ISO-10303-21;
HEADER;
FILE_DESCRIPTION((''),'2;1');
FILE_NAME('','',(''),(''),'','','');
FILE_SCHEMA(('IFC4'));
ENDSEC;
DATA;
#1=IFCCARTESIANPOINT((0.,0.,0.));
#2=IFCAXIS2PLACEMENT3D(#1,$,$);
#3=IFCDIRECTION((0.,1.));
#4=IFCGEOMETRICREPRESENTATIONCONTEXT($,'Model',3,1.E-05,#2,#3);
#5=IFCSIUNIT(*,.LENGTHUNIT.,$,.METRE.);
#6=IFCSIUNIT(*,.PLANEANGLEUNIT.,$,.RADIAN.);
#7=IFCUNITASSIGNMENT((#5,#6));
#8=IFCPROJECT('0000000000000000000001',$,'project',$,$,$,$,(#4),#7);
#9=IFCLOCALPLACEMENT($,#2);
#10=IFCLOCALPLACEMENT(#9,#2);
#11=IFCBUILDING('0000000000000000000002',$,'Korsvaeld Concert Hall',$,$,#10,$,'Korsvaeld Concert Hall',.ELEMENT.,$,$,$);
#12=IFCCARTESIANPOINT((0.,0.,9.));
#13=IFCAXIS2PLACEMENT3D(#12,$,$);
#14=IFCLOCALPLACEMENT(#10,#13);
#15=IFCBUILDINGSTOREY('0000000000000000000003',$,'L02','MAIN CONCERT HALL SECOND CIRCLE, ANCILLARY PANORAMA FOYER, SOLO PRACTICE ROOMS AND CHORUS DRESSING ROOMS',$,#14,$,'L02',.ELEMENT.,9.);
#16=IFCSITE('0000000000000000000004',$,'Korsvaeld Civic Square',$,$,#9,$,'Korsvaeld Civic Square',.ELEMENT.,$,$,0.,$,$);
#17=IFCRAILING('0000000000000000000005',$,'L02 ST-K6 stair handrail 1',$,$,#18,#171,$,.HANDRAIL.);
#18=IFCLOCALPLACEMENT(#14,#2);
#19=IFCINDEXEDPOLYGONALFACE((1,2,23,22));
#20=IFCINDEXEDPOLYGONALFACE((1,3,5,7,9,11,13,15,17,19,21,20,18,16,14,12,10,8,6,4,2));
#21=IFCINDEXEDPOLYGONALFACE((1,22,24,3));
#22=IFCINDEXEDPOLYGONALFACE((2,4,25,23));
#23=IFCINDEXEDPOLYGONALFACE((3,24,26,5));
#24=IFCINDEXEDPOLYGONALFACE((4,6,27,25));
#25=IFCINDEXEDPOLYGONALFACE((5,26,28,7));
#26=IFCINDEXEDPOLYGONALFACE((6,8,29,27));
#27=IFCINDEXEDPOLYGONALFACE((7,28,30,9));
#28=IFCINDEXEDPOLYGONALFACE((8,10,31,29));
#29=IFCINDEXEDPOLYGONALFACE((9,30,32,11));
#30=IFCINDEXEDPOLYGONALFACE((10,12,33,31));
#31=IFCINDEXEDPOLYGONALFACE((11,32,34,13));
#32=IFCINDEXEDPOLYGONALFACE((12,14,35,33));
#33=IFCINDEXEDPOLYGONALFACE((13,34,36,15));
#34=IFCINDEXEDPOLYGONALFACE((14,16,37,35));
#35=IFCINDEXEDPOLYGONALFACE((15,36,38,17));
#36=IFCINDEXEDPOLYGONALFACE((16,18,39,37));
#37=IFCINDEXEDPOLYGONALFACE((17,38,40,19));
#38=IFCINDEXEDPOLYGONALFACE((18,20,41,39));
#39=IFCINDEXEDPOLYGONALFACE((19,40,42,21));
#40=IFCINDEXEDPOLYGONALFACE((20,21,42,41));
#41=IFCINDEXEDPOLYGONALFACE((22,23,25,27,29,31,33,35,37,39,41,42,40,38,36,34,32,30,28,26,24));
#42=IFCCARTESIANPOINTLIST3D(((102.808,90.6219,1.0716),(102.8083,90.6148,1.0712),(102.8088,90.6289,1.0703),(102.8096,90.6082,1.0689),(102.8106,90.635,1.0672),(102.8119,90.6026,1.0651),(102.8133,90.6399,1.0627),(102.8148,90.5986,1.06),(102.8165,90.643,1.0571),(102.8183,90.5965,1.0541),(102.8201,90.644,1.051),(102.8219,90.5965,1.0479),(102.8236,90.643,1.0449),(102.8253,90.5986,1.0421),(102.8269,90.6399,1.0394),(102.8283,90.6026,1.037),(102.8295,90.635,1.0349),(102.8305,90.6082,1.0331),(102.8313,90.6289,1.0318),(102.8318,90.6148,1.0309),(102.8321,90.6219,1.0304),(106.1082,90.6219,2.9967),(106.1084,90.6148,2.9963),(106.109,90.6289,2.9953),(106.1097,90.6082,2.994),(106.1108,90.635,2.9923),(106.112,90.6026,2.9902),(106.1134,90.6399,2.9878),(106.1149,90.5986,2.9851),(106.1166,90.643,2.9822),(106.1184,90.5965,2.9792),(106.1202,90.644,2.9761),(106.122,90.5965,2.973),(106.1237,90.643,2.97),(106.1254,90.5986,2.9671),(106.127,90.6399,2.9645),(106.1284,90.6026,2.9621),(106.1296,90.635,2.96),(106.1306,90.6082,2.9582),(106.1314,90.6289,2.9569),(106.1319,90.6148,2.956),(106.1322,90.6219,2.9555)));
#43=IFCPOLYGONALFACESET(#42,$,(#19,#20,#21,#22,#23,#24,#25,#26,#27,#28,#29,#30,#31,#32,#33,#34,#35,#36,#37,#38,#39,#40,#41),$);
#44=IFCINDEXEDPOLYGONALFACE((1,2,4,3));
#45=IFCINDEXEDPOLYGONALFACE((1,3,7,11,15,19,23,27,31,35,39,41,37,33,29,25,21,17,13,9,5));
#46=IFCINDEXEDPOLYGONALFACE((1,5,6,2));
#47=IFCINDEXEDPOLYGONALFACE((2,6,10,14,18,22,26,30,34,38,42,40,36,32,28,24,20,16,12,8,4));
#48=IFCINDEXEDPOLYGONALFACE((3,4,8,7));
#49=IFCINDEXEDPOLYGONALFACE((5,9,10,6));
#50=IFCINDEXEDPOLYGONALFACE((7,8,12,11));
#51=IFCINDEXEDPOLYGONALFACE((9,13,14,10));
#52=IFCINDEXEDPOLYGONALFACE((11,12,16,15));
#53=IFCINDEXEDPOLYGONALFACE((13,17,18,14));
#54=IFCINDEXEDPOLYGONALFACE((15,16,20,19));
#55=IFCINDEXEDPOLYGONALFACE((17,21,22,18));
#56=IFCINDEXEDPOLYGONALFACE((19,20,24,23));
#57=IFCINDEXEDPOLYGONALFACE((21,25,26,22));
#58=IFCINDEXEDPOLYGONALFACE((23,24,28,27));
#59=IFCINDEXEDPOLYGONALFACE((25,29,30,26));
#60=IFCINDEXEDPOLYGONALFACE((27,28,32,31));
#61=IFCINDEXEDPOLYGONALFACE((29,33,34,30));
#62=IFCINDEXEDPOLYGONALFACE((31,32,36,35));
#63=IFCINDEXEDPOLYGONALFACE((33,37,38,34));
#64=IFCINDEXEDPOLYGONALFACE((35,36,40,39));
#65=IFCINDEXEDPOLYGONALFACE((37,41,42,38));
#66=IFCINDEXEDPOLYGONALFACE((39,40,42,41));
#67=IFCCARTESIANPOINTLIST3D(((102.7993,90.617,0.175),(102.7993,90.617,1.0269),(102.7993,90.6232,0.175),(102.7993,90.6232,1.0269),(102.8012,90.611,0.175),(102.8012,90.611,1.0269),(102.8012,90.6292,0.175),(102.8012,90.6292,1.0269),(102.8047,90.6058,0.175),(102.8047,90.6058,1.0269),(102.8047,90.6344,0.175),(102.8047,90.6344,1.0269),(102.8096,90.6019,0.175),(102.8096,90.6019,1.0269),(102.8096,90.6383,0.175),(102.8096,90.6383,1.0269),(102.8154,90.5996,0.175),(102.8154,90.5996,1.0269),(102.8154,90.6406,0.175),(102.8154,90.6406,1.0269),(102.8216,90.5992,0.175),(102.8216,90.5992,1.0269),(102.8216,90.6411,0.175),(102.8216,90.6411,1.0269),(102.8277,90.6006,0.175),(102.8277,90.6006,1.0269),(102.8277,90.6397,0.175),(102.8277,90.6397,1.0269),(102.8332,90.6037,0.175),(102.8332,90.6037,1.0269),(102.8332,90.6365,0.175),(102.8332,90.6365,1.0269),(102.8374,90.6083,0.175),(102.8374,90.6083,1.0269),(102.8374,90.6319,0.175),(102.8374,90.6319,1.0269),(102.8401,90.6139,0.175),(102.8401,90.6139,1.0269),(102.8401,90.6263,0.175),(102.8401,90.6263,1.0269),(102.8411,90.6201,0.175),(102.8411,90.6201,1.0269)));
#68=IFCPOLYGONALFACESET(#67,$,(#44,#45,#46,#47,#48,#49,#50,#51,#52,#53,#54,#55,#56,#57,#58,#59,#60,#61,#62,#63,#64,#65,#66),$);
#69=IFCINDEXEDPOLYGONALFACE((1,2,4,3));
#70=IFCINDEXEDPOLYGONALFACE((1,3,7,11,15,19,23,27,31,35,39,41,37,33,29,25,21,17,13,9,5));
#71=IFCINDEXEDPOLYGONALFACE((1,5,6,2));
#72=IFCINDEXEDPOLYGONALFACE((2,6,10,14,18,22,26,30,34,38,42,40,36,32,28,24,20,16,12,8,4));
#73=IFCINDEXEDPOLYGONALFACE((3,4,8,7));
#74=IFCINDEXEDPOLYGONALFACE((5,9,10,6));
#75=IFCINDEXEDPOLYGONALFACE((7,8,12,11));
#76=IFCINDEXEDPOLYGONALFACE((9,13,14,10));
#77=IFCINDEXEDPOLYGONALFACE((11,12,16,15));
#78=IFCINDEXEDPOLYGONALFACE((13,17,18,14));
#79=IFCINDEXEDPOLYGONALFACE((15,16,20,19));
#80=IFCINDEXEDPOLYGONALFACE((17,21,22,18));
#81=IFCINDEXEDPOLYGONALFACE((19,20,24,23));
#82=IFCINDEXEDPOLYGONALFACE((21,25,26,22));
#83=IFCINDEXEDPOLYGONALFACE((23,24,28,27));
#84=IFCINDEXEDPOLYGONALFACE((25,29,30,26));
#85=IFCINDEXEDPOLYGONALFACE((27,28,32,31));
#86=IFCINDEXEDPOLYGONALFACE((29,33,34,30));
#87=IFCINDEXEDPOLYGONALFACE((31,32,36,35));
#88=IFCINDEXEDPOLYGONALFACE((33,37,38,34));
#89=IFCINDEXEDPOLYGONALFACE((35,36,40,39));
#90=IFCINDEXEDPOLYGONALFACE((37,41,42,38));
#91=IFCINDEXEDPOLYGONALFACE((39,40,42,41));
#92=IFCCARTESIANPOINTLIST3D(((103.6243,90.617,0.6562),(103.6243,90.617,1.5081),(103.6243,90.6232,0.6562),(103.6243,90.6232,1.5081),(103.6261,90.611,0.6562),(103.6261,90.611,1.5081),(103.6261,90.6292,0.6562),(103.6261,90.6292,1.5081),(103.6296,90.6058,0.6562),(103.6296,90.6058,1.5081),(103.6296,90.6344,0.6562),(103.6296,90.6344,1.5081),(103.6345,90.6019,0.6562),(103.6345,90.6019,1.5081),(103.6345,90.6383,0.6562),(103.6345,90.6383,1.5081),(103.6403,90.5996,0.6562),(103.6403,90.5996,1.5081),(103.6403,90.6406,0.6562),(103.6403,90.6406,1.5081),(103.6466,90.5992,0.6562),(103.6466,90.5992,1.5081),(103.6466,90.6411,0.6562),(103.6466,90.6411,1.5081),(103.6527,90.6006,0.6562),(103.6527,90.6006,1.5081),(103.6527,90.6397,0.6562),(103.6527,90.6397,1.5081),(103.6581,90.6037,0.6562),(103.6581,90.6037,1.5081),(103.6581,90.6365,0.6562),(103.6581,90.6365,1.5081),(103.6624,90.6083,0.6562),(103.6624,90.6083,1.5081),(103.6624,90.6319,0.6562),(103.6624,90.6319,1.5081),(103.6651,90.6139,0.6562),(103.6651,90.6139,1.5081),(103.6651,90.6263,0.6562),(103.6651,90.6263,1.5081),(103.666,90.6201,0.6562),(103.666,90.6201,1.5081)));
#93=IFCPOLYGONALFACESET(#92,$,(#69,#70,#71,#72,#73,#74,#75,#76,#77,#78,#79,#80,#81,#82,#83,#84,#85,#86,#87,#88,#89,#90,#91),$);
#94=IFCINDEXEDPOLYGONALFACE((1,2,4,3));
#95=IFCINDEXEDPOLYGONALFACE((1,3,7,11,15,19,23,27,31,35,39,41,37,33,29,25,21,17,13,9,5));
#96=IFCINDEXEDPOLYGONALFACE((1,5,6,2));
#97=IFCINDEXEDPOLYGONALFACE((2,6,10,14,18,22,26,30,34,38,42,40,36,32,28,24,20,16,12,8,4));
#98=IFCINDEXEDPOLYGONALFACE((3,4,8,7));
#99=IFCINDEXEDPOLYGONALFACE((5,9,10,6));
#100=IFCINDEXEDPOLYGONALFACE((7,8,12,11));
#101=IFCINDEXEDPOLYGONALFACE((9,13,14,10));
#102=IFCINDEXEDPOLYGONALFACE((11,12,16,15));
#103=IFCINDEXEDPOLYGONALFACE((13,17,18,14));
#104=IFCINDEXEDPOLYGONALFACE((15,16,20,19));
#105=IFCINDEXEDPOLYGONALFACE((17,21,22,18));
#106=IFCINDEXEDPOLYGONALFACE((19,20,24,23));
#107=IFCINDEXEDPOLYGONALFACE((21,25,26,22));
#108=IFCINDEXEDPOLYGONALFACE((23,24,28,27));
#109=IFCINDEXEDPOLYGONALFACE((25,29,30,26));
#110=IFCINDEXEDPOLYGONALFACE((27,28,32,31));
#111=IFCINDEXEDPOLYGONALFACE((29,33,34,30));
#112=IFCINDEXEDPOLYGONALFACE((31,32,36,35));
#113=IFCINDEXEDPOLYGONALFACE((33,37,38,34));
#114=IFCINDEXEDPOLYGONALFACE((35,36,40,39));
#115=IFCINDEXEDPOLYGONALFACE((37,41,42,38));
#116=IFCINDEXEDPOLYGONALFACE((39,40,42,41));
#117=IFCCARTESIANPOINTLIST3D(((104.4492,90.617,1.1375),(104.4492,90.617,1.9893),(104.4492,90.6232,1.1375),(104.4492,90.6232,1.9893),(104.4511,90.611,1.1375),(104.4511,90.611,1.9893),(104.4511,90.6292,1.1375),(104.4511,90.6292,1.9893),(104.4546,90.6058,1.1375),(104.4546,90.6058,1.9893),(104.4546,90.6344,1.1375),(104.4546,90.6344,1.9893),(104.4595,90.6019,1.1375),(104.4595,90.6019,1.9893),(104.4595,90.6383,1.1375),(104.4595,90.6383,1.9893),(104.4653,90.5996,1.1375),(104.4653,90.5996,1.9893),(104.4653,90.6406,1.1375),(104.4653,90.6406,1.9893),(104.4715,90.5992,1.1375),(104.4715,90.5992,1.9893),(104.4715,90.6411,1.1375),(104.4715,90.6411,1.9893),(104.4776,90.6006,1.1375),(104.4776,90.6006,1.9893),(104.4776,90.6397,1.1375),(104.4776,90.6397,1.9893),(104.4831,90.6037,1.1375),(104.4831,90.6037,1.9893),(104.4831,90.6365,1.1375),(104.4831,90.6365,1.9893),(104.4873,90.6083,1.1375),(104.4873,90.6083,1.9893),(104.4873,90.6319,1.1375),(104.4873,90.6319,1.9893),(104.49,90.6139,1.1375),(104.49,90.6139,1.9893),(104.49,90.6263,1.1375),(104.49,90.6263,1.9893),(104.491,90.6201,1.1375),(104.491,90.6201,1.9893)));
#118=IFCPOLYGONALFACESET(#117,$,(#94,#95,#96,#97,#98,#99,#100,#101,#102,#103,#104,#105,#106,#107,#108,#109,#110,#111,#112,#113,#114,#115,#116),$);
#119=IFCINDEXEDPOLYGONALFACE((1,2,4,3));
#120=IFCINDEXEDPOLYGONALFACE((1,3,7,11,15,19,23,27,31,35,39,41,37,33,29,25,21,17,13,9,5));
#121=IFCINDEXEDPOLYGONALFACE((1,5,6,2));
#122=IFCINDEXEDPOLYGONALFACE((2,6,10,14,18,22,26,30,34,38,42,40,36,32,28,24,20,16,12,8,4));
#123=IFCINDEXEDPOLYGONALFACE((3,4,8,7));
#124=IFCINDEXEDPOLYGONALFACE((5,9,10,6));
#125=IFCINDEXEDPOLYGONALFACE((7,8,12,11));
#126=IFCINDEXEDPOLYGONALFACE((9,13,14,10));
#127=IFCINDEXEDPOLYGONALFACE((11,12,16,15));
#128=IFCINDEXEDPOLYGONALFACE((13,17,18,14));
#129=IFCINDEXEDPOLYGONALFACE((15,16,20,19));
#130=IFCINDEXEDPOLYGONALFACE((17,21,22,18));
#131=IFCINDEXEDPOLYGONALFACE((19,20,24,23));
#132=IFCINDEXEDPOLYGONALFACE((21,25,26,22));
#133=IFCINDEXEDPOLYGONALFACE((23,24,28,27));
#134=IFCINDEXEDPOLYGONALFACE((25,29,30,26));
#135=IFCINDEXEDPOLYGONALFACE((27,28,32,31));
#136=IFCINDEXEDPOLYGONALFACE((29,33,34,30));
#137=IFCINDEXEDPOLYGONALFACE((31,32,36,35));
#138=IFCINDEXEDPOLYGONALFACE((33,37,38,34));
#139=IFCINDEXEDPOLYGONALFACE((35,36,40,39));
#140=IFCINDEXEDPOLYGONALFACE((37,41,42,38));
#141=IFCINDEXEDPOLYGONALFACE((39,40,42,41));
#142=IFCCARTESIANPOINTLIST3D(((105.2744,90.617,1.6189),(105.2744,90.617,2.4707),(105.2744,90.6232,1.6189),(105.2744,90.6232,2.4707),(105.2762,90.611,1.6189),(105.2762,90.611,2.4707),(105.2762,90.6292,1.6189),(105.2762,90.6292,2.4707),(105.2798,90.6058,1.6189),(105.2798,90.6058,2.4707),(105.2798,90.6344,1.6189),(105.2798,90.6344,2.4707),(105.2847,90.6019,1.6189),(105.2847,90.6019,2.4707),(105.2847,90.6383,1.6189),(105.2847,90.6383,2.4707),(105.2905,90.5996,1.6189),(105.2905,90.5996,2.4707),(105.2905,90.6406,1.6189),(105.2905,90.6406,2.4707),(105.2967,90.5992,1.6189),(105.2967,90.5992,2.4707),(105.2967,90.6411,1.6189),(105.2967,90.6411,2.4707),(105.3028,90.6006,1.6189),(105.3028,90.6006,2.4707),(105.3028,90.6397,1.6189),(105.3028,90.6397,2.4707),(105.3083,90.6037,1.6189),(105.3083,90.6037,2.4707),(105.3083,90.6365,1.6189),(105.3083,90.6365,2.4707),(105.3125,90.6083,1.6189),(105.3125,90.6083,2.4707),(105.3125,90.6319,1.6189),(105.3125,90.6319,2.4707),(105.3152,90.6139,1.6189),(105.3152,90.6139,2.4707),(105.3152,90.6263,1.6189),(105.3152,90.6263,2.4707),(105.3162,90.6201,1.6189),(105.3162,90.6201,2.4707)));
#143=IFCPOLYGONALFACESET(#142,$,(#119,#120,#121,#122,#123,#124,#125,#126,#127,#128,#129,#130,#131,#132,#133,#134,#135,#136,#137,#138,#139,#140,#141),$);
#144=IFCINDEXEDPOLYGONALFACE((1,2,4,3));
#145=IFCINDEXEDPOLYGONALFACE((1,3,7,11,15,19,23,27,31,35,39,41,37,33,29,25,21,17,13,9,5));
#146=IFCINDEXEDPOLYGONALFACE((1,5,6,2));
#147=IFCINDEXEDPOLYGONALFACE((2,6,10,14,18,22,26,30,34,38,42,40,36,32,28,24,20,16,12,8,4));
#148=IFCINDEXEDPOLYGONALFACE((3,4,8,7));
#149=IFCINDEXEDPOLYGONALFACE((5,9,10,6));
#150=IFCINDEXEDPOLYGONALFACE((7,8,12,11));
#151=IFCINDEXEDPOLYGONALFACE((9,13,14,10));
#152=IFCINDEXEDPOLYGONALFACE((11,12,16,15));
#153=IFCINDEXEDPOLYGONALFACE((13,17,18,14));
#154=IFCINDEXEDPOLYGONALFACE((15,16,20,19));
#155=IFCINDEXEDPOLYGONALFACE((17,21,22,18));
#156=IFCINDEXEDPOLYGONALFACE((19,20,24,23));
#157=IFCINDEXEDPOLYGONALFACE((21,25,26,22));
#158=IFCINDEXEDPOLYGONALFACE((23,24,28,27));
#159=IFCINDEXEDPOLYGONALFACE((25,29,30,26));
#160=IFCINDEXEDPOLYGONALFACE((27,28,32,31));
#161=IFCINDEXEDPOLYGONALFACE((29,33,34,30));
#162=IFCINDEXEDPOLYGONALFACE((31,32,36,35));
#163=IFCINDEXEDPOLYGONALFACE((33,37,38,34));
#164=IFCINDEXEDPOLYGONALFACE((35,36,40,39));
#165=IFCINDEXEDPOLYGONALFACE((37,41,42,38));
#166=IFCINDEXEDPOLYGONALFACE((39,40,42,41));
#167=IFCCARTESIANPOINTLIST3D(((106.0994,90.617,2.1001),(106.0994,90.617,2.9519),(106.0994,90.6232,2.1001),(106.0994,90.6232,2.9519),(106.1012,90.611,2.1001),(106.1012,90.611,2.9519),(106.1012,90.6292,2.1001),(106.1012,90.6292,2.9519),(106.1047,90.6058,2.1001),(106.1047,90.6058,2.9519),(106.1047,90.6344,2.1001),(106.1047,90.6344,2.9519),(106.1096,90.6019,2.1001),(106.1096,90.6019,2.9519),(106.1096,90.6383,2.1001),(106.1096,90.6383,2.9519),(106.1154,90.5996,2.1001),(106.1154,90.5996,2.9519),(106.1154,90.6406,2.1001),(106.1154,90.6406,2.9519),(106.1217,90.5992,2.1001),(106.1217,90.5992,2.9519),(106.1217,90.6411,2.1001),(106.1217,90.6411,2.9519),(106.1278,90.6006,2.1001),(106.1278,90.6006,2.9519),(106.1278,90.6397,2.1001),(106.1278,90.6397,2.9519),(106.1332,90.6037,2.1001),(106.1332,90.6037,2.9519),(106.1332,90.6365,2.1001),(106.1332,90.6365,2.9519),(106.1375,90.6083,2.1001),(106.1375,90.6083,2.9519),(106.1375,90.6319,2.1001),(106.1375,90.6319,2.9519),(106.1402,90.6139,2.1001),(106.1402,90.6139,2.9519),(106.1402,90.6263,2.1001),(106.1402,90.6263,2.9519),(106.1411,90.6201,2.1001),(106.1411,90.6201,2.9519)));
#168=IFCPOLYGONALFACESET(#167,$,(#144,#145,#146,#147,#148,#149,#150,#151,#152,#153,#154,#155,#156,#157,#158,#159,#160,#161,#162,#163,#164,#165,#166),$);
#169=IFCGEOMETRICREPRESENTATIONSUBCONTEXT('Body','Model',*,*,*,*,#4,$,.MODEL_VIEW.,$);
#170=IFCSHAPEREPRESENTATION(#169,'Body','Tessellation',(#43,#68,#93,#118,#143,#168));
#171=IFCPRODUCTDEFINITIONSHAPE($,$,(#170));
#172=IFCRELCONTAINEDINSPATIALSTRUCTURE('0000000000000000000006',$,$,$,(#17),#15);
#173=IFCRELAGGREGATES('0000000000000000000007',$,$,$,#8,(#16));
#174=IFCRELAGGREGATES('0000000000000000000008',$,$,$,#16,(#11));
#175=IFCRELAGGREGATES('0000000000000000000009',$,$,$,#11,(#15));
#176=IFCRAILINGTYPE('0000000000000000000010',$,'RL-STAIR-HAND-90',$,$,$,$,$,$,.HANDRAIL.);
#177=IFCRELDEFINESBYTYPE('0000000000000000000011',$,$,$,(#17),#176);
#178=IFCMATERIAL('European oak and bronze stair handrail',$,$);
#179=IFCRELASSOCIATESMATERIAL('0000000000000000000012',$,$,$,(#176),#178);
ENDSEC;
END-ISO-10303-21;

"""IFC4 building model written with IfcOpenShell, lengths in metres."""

from ifc_helpers import new_model, si_unit, direction, frame, origin, origin_2d, place, context, subcontext, project, spatial, circle, extrude, material, type_object, element, save


model = new_model("IFC4")

# Units and contexts
model_context = context("Model", 3, precision=1e-05, world=origin(), true_north=direction((0.0, 1.0)))
body_context = subcontext(model_context, "Body", "Model", "MODEL_VIEW")
ifc_project = project(units=[si_unit("LENGTHUNIT", "METRE"), si_unit("PLANEANGLEUNIT", "RADIAN")], contexts=[model_context])

# Site, building, storey
site_placement = place(None, origin())
site = spatial("IfcSite", under=ifc_project, at=site_placement, Name="Korsvaeld Civic Square", LongName="Korsvaeld Civic Square", CompositionType="ELEMENT", RefElevation=0.0)
building_placement = place(site_placement, origin())
building = spatial("IfcBuilding", under=site, at=building_placement, Name="Korsvaeld Concert Hall", LongName="Korsvaeld Concert Hall", CompositionType="ELEMENT")
storey_placement = place(building_placement, frame((0.0, 0.0, 9.0)))
storey = spatial("IfcBuildingStorey", under=building, at=storey_placement, Name="L02", Description="MAIN CONCERT HALL SECOND CIRCLE, ANCILLARY PANORAMA FOYER, SOLO PRACTICE ROOMS AND CHORUS DRESSING ROOMS", LongName="L02", CompositionType="ELEMENT", Elevation=9.0)

# Railing
ifc_material_1 = material(Name="European oak and bronze stair handrail")
railing_type_1 = type_object("IfcRailingType", Name="RL-STAIR-HAND-90", PredefinedType="HANDRAIL", material=ifc_material_1)
railing_1_placement = place(storey_placement, frame((102.8201, 90.6201, 0.175)))
element("IfcRailing", 1, at=railing_1_placement, inside=storey, type_object=railing_type_1, Name="L02 ST-K6 stair handrail 1", PredefinedType="HANDRAIL", context=body_context, shape_type="SweptSolid", body=[
    extrude(circle(Radius=0.0239, at=origin_2d()), frame((0.0, 0.0, 0.876), z_axis=(0.863777, 0.0, 0.503875), x_axis=(0.0, 1.0, 0.0)), (0.0, 0.0, 1.0), 3.8206),
    extrude(circle(Radius=0.021, at=origin_2d()), origin(), (0.0, 0.0, 1.0), 0.8518),
    extrude(circle(Radius=0.021, at=origin_2d()), frame((0.825, 0.0, 0.4812)), (0.0, 0.0, 1.0), 0.8518),
    extrude(circle(Radius=0.021, at=origin_2d()), frame((1.6499, 0.0, 0.9624)), (0.0, 0.0, 1.0), 0.8518),
    extrude(circle(Radius=0.021, at=origin_2d()), frame((2.4751, 0.0, 1.4438)), (0.0, 0.0, 1.0), 0.8518),
    extrude(circle(Radius=0.021, at=origin_2d()), frame((3.3, 0.0, 1.925)), (0.0, 0.0, 1.0), 0.8518),
])

save(model, "model.ifc")
